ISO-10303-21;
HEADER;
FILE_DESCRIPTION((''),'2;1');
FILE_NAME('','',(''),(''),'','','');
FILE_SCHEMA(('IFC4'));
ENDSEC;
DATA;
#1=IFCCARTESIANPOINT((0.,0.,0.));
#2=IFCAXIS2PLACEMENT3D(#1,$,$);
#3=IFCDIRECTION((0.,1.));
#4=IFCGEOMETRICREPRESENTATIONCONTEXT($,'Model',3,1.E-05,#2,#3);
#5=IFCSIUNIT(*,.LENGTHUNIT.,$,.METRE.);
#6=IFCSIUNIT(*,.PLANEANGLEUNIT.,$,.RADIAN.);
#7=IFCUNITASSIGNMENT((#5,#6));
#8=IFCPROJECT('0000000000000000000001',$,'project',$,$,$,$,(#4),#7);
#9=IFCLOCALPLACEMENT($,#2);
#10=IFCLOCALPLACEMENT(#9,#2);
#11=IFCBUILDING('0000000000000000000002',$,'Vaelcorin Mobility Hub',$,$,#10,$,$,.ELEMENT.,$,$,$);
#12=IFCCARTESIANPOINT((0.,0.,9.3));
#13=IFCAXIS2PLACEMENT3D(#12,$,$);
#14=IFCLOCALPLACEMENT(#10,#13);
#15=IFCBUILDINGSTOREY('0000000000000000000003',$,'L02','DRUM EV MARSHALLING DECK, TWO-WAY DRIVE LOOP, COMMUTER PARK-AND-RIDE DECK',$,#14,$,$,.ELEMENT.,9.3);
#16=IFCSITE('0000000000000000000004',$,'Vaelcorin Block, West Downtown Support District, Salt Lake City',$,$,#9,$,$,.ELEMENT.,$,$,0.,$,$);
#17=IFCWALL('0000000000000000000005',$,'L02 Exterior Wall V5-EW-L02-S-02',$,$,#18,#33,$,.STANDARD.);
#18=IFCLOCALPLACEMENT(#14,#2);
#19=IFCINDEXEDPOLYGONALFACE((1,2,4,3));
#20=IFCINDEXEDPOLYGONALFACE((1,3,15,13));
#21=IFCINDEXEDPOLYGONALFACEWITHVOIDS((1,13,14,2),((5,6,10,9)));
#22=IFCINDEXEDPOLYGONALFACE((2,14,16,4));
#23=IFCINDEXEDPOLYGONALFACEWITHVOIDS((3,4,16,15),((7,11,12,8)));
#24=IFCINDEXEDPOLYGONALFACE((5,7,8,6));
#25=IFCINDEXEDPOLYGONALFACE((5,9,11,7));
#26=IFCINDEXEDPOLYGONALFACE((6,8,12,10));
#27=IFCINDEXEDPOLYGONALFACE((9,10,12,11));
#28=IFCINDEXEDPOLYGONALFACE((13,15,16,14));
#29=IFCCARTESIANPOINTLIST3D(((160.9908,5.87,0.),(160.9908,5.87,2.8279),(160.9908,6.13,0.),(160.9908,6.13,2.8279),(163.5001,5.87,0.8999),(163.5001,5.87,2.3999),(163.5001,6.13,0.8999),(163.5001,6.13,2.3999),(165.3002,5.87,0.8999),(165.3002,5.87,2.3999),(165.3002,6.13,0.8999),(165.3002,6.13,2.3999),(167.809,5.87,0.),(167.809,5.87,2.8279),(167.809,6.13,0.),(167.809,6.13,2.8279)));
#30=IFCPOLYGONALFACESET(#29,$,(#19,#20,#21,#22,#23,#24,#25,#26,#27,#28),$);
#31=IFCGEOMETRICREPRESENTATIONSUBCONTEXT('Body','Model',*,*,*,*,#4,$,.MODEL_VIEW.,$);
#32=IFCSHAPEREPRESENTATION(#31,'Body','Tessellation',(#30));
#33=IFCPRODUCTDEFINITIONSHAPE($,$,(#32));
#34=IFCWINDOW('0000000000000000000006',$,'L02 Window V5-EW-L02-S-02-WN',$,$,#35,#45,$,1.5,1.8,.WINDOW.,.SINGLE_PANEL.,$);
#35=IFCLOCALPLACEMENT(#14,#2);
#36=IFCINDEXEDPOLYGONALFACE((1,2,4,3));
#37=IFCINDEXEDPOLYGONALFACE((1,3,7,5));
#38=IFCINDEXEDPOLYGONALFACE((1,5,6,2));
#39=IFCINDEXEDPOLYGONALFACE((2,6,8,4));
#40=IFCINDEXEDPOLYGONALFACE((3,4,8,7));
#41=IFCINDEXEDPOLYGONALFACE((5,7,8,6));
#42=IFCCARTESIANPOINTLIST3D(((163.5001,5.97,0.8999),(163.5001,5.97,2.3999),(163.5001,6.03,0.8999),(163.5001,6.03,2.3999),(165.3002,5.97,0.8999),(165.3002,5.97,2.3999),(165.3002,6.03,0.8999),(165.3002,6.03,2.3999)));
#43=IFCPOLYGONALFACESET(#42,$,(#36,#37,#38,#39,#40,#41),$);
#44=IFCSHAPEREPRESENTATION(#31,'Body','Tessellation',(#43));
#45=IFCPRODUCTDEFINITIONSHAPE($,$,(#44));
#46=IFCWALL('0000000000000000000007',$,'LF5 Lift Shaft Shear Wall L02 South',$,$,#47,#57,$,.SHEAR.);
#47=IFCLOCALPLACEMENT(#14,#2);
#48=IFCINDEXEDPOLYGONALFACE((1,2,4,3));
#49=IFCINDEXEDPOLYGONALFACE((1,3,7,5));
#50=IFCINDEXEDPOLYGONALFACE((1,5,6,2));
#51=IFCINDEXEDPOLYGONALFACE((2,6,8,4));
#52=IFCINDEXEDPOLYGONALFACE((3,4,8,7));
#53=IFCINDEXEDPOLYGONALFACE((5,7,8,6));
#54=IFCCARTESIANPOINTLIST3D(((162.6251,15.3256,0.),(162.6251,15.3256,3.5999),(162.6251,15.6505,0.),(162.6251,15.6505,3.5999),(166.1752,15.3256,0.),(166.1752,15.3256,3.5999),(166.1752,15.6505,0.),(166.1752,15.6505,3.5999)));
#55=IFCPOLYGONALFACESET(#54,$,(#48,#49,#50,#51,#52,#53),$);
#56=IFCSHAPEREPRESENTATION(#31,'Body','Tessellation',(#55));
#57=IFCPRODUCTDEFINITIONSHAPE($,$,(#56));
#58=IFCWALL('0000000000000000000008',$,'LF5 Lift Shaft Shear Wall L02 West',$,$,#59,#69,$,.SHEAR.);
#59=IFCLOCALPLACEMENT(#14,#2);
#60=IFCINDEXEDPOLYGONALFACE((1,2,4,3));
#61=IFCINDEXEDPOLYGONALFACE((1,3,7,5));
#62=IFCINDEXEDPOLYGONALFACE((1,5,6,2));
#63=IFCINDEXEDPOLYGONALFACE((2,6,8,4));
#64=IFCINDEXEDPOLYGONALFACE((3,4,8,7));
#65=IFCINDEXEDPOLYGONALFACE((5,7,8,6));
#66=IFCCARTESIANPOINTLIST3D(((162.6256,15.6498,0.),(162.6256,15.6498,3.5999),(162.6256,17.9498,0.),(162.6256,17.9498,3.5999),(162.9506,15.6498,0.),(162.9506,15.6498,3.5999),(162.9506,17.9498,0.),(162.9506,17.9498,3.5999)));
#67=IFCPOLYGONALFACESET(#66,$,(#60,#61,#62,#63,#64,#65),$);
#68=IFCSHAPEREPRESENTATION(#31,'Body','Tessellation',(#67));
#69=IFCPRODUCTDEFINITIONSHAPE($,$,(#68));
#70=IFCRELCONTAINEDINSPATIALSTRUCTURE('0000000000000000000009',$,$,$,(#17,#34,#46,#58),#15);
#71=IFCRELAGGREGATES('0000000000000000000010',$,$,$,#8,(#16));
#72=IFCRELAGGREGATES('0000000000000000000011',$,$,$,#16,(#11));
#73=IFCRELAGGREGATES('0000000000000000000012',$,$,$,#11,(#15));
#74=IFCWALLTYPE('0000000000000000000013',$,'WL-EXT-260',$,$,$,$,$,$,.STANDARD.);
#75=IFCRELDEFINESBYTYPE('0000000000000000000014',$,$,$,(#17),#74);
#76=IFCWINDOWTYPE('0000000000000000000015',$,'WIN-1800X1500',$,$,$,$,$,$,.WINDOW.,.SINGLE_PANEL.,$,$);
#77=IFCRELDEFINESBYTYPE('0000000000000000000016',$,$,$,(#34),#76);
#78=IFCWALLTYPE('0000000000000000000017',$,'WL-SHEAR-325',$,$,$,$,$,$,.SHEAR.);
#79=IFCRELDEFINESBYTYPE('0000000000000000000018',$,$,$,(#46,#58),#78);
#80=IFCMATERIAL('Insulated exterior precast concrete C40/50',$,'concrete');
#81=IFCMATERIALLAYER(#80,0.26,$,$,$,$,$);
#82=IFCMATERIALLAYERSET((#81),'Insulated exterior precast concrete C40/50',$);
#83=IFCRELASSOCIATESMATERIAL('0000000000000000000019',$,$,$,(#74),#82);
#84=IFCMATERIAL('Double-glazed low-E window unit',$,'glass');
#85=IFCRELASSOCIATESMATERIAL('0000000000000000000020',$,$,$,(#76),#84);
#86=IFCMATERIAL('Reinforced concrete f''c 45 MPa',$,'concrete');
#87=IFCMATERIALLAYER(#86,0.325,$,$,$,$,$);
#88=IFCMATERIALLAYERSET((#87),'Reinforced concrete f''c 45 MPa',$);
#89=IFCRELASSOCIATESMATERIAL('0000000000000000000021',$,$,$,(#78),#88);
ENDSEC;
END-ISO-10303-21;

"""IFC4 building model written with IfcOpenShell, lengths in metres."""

from ifc_helpers import new_model, si_unit, direction, frame, frame_2d, origin, place, context, subcontext, project, spatial, rectangle, extrude, material, layer, layer_set, type_object, element, fill, save


model = new_model("IFC4")

# Units and contexts
model_context = context("Model", 3, precision=1e-05, world=origin(), true_north=direction((0.0, 1.0)))
body_context = subcontext(model_context, "Body", "Model", "MODEL_VIEW")
ifc_project = project(units=[si_unit("LENGTHUNIT", "METRE"), si_unit("PLANEANGLEUNIT", "RADIAN")], contexts=[model_context])

# Site, building, storey
site_placement = place(None, origin())
site = spatial("IfcSite", under=ifc_project, at=site_placement, Name="Vaelcorin Block, West Downtown Support District, Salt Lake City", CompositionType="ELEMENT", RefElevation=0.0)
building_placement = place(site_placement, origin())
building = spatial("IfcBuilding", under=site, at=building_placement, Name="Vaelcorin Mobility Hub", CompositionType="ELEMENT")
storey_placement = place(building_placement, frame((0.0, 0.0, 9.3)))
storey = spatial("IfcBuildingStorey", under=building, at=storey_placement, Name="L02", Description="DRUM EV MARSHALLING DECK, TWO-WAY DRIVE LOOP, COMMUTER PARK-AND-RIDE DECK", CompositionType="ELEMENT", Elevation=9.3)

# Wall, opening, window
ifc_material_1 = material(Name="Insulated exterior precast concrete C40/50", Category="concrete")
ifc_layer_1 = layer(ifc_material_1, 0.26)
ifc_layer_set_1 = layer_set([ifc_layer_1], Name="Insulated exterior precast concrete C40/50")
wall_type_1 = type_object("IfcWallType", Name="WL-EXT-260", PredefinedType="STANDARD", material=ifc_layer_set_1)
ifc_material_2 = material(Name="Double-glazed low-E window unit", Category="glass")
window_type = type_object("IfcWindowType", Name="WIN-1800X1500", PartitioningType="SINGLE_PANEL", PredefinedType="WINDOW", material=ifc_material_2)
wall_1_placement = place(storey_placement, frame((167.8091, 6.0, 0.0), z_axis=(0.0, 0.0, 1.0), x_axis=(-1.0, 0.0, 0.0)))
wall_1 = element("IfcWall", 1, at=wall_1_placement, inside=storey, type_object=wall_type_1, Name="L02 Exterior Wall V5-EW-L02-S-02", PredefinedType="STANDARD", context=body_context, shape_type="SweptSolid", body=[
    extrude(rectangle(XDim=6.8181, YDim=0.26, at=frame_2d((3.4092, 0.0))), origin(), (0.0, 0.0, 1.0), 2.8279),
])
opening_1_placement = place(wall_1_placement, frame((2.509, 0.0, 0.8999)))
opening_1 = element("IfcOpeningElement", 2, at=opening_1_placement, cuts=wall_1, PredefinedType="OPENING", context=body_context, shape_type="SweptSolid", body=[
    extrude(rectangle(XDim=1.8, YDim=1.5, at=frame_2d((0.8999, 0.75))), frame((0.0, 0.1399, 0.0), z_axis=(0.0, -1.0, 0.0), x_axis=(1.0, 0.0, 0.0)), (0.0, 0.0, 1.0), 0.28),
])
window_1_placement = place(opening_1_placement, origin())
window_1 = element("IfcWindow", 3, at=window_1_placement, inside=storey, type_object=window_type, Name="L02 Window V5-EW-L02-S-02-WN", OverallHeight=1.5, OverallWidth=1.8, PartitioningType="SINGLE_PANEL", PredefinedType="WINDOW", context=body_context, shape_type="SweptSolid", body=[
    extrude(rectangle(XDim=1.8, YDim=1.5, at=frame_2d((0.8999, 0.75))), frame((0.0, 0.03, 0.0), z_axis=(0.0, -1.0, 0.0), x_axis=(1.0, 0.0, 0.0)), (0.0, 0.0, 1.0), 0.0601),
])
fill(opening_1, window_1)

# Walls
ifc_material_3 = material(Name="Reinforced concrete f'c 45 MPa", Category="concrete")
ifc_layer_2 = layer(ifc_material_3, 0.325)
ifc_layer_set_2 = layer_set([ifc_layer_2], Name="Reinforced concrete f'c 45 MPa")
wall_type_2 = type_object("IfcWallType", Name="WL-SHEAR-325", PredefinedType="SHEAR", material=ifc_layer_set_2)
wall_2_placement = place(storey_placement, frame((166.175, 15.488, 0.0), z_axis=(0.0, 0.0, 1.0), x_axis=(-1.0, 0.0, 0.0)))
element("IfcWall", 4, at=wall_2_placement, inside=storey, type_object=wall_type_2, Name="LF5 Lift Shaft Shear Wall L02 South", PredefinedType="SHEAR", context=body_context, shape_type="SweptSolid", body=[
    extrude(rectangle(XDim=3.55, YDim=0.325, at=frame_2d((1.7749, 0.0))), origin(), (0.0, 0.0, 1.0), 3.5999),
])
wall_3_placement = place(storey_placement, frame((162.7881, 15.6499, 0.0), z_axis=(0.0, 0.0, 1.0), x_axis=(0.0, 1.0, 0.0)))
element("IfcWall", 5, at=wall_3_placement, inside=storey, type_object=wall_type_2, Name="LF5 Lift Shaft Shear Wall L02 West", PredefinedType="SHEAR", context=body_context, shape_type="SweptSolid", body=[
    extrude(rectangle(XDim=2.3, YDim=0.325, at=frame_2d((1.1499, 0.0))), origin(), (0.0, 0.0, 1.0), 3.5999),
])

save(model, "model.ifc")
